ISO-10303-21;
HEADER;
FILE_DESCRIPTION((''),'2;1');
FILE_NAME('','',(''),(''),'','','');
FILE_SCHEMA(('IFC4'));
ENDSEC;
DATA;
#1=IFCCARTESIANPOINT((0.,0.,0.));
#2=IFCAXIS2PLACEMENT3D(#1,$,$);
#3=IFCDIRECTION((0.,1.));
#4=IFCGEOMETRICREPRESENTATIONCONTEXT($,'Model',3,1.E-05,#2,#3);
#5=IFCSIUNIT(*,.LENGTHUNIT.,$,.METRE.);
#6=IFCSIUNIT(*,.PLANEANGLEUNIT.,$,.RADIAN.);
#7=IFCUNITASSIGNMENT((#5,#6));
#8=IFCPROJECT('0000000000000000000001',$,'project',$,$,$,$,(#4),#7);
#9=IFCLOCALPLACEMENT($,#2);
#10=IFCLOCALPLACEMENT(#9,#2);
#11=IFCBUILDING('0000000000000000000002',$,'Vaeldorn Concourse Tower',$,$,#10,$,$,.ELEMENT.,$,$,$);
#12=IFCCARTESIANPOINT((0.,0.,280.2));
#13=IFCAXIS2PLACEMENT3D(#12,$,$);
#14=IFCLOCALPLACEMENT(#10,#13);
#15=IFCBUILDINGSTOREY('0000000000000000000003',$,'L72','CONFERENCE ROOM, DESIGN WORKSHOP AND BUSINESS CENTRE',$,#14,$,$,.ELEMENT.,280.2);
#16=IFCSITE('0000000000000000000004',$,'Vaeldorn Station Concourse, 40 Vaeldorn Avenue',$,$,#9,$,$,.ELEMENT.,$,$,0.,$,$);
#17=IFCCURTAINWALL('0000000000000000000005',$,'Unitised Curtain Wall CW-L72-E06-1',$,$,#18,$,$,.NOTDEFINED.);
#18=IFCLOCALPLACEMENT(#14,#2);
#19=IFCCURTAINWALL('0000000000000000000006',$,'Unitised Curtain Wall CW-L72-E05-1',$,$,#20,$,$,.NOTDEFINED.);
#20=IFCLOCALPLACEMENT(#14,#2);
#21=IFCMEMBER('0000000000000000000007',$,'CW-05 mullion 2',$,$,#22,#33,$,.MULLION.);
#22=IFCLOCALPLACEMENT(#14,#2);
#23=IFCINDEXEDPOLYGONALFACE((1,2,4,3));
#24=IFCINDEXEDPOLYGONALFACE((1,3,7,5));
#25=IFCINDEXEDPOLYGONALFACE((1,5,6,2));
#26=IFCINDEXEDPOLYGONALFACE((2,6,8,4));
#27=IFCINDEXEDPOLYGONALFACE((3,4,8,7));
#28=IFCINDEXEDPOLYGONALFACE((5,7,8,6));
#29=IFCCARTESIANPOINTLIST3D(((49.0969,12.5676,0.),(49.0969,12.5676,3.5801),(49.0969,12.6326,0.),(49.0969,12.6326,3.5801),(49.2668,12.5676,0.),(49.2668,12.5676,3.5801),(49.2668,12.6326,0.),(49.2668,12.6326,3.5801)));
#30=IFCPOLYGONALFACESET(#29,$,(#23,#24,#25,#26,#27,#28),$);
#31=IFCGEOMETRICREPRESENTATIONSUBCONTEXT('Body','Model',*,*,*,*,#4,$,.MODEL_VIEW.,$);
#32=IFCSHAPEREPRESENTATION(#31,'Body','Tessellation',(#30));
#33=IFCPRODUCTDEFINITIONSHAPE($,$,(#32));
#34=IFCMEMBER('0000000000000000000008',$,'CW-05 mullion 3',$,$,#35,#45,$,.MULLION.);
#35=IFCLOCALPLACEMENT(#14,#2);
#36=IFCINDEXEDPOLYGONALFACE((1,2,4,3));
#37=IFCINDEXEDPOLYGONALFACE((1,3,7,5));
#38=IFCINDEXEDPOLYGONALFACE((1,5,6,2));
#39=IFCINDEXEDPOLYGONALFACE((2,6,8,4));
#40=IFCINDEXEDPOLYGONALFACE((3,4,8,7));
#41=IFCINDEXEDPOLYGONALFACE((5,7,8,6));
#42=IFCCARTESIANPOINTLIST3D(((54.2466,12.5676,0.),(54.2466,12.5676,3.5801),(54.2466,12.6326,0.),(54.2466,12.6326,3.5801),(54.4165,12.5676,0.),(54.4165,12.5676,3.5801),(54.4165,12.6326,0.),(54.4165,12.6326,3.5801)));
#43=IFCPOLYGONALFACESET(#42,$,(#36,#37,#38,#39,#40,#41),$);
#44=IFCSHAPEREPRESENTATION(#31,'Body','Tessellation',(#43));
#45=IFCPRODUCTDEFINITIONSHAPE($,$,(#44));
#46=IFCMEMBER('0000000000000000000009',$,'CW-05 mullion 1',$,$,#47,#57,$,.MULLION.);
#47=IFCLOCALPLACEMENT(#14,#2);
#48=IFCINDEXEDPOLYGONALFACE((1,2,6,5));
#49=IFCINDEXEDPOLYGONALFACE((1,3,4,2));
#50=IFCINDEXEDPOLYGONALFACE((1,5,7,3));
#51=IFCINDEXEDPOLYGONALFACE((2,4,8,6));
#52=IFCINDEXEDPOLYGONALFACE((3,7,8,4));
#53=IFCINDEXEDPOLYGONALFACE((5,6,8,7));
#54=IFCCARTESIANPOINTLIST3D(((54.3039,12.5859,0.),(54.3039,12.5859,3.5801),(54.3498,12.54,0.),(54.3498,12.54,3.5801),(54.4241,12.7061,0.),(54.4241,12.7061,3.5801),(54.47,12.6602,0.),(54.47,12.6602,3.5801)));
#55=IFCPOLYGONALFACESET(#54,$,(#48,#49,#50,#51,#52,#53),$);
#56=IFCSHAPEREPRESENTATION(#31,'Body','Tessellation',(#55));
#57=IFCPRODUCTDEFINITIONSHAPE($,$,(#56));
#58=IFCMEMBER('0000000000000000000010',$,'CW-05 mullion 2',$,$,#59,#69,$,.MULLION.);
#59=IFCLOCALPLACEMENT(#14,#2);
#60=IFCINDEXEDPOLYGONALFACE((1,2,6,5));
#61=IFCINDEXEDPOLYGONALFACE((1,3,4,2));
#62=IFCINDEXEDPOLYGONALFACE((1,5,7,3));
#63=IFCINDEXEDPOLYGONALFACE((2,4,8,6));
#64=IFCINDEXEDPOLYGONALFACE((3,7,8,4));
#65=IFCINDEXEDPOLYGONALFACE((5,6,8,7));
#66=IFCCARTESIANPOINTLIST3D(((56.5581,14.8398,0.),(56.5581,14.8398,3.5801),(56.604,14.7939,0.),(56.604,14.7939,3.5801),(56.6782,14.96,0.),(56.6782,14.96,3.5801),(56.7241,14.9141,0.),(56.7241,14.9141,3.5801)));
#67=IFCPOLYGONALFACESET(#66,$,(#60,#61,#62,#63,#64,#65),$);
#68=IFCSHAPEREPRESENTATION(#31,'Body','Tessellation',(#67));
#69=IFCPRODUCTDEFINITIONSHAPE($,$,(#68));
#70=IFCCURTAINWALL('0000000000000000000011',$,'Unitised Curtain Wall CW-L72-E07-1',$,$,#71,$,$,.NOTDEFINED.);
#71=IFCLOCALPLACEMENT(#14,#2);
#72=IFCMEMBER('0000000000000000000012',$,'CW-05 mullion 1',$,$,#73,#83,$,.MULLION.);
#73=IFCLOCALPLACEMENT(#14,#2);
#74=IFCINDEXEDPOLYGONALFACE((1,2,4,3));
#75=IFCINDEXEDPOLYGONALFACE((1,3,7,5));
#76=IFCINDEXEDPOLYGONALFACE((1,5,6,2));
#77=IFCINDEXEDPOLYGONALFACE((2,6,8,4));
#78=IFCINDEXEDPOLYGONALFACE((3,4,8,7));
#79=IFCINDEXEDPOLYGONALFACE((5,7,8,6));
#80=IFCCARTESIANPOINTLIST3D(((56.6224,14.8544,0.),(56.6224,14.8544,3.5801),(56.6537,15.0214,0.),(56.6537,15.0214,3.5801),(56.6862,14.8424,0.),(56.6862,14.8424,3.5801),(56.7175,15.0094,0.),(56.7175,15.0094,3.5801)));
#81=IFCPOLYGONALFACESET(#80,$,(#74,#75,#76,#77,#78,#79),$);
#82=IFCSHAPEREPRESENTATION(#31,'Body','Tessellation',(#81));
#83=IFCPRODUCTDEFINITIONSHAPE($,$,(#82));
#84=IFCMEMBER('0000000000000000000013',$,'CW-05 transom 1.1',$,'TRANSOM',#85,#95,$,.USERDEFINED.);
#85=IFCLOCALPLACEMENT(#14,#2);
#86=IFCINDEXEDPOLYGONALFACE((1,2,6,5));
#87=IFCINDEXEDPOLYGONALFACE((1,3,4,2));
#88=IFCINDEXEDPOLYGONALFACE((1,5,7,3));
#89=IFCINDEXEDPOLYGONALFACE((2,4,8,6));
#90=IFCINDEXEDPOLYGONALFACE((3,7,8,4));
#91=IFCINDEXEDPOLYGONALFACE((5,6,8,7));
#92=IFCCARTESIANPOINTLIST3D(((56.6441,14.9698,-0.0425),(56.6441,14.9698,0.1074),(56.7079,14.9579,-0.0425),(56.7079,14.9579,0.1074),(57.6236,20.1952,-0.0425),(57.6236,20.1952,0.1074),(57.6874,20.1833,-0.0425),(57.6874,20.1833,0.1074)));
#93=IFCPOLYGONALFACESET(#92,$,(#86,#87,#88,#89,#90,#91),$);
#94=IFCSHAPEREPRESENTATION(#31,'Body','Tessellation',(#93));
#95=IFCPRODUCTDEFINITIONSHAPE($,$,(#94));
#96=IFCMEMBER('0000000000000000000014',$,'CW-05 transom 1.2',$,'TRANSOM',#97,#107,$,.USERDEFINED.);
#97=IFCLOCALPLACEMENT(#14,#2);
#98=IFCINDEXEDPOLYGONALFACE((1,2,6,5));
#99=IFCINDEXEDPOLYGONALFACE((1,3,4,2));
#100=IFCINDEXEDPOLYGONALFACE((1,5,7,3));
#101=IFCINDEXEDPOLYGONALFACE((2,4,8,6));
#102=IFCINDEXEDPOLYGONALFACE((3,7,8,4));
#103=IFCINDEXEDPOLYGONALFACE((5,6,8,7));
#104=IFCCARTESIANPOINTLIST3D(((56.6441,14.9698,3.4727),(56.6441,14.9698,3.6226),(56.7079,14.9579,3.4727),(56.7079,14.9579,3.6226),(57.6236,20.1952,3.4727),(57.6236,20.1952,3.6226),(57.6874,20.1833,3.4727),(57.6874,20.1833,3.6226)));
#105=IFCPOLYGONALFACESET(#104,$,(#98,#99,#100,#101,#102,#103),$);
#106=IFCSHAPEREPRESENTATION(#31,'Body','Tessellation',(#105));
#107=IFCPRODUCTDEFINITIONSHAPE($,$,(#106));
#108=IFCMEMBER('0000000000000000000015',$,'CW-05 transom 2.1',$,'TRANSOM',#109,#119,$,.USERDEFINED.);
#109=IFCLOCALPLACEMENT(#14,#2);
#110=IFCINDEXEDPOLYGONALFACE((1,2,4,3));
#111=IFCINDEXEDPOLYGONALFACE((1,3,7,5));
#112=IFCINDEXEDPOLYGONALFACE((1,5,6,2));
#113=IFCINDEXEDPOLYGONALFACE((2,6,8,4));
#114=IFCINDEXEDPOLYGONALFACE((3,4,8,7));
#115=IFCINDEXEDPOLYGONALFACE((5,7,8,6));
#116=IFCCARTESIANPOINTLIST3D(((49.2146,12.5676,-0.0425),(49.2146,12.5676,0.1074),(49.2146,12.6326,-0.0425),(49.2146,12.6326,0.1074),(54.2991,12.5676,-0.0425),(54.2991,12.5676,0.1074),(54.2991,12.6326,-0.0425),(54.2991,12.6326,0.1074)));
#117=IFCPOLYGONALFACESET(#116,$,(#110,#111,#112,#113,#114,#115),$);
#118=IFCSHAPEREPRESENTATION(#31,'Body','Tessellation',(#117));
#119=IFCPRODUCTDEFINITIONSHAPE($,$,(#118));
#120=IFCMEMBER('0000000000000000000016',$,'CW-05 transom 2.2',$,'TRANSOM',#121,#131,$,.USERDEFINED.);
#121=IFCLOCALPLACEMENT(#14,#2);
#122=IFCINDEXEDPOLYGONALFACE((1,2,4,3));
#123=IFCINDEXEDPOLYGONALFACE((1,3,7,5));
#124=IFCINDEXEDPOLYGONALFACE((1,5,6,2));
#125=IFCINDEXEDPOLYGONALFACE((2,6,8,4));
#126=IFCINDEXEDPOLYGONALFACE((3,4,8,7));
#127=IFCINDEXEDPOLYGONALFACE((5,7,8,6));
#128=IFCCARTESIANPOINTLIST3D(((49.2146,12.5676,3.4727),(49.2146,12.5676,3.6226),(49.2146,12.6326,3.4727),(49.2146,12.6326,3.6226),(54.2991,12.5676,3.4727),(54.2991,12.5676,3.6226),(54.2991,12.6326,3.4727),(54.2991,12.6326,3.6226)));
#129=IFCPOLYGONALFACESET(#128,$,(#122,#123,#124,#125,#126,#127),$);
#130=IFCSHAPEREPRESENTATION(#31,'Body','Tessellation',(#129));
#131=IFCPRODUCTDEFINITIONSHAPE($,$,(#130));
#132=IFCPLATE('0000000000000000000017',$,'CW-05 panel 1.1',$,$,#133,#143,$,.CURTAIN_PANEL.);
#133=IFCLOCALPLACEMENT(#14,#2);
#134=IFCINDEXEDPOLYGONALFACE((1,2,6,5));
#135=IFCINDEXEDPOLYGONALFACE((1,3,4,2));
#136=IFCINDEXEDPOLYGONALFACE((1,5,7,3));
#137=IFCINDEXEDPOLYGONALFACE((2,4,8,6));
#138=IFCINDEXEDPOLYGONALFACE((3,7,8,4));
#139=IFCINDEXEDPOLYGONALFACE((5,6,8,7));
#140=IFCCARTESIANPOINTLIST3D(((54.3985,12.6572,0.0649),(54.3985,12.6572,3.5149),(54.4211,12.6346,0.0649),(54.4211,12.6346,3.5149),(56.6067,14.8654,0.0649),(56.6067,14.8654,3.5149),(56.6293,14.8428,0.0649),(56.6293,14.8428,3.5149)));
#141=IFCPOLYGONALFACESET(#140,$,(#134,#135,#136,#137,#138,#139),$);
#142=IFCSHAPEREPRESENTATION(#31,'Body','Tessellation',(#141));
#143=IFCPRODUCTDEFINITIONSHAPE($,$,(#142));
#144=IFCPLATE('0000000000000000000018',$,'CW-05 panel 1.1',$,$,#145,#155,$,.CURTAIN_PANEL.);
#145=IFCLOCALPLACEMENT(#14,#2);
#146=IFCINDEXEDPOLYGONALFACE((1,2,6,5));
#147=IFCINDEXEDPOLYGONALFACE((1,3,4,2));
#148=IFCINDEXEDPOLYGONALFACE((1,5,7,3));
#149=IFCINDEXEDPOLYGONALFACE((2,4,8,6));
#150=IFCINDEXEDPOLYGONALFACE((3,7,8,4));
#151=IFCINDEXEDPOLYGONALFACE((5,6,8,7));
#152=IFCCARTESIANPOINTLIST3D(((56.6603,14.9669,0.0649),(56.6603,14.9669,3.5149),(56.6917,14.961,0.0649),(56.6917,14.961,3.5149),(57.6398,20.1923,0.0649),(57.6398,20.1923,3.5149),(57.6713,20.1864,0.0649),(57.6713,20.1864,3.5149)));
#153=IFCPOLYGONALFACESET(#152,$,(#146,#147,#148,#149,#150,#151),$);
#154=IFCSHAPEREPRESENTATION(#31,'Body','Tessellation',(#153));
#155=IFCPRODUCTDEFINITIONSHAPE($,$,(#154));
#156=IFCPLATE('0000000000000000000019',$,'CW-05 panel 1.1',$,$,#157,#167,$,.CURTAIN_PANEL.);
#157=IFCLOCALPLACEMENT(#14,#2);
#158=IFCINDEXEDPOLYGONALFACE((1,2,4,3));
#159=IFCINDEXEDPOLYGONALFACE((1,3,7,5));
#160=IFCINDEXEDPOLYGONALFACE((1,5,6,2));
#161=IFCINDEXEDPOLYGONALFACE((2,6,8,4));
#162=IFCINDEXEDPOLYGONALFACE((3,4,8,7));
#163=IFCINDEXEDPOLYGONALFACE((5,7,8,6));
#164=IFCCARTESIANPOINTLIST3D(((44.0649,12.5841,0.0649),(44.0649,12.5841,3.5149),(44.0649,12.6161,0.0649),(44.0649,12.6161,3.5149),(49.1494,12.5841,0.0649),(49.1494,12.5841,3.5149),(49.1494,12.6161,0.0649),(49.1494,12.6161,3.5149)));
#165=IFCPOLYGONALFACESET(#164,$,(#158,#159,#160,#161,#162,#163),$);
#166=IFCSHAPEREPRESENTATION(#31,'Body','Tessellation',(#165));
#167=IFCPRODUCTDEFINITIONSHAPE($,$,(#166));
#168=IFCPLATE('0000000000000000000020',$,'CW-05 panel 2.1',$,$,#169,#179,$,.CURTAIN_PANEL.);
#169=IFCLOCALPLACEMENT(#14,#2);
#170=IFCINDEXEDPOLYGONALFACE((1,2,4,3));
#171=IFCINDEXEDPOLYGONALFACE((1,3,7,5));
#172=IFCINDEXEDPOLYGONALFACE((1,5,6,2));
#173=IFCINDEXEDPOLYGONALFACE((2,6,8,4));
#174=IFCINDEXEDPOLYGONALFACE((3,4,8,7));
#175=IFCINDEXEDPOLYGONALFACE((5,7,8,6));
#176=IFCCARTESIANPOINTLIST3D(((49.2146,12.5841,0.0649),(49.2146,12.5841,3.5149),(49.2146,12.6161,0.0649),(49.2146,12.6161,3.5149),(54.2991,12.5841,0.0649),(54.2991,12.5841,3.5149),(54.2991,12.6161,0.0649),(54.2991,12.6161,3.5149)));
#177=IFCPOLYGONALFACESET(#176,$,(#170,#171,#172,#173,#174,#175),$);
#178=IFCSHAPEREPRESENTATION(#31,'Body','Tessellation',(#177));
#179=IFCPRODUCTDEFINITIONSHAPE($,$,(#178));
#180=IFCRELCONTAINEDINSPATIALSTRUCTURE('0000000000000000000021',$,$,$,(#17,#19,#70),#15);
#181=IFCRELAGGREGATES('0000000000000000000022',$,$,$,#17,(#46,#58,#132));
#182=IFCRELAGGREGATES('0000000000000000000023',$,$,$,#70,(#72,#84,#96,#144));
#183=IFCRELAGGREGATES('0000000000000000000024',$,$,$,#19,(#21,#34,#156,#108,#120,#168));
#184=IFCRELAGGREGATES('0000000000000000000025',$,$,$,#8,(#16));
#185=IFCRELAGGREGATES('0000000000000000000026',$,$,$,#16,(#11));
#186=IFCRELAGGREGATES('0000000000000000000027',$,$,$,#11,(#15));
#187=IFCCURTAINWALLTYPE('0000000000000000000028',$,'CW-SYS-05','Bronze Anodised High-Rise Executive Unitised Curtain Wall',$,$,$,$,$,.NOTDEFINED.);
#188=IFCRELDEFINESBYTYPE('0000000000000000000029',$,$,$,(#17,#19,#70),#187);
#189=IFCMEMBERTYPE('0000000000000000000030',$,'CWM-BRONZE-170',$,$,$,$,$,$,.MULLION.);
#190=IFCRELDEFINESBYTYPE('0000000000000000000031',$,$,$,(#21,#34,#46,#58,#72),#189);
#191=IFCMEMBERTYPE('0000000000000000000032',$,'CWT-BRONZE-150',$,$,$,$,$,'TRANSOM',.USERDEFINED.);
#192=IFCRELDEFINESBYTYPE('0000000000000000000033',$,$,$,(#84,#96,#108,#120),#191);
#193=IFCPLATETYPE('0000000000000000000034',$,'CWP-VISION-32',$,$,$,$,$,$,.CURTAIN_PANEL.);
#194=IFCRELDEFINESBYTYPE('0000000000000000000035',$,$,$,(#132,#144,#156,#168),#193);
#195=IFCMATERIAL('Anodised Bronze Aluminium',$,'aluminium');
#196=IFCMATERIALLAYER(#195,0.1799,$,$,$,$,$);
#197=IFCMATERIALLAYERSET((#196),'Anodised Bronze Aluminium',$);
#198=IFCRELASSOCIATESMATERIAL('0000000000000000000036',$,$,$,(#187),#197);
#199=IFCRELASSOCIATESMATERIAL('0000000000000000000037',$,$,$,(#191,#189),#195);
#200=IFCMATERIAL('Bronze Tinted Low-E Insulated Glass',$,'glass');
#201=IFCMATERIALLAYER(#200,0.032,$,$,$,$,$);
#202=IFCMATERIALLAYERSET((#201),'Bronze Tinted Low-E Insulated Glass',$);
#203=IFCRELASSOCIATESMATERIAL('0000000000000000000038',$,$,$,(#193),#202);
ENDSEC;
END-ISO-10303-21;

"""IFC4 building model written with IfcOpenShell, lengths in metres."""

from ifc_helpers import new_model, si_unit, direction, frame, origin, origin_2d, place, context, subcontext, project, spatial, rectangle, extrude, source, transform, mapped, material, layer, layer_set, material_profile, profile_set, type_object, element, aggregate, save


model = new_model("IFC4")

# Units and contexts
model_context = context("Model", 3, precision=1e-05, world=origin(), true_north=direction((0.0, 1.0)))
body_context = subcontext(model_context, "Body", "Model", "MODEL_VIEW")
ifc_project = project(units=[si_unit("LENGTHUNIT", "METRE"), si_unit("PLANEANGLEUNIT", "RADIAN")], contexts=[model_context])

# Site, building, storey
site_placement = place(None, origin())
site = spatial("IfcSite", under=ifc_project, at=site_placement, Name="Vaeldorn Station Concourse, 40 Vaeldorn Avenue", CompositionType="ELEMENT", RefElevation=0.0)
building_placement = place(site_placement, origin())
building = spatial("IfcBuilding", under=site, at=building_placement, Name="Vaeldorn Concourse Tower", CompositionType="ELEMENT")
storey_placement = place(building_placement, frame((0.0, 0.0, 280.2)))
storey = spatial("IfcBuildingStorey", under=building, at=storey_placement, Name="L72", Description="CONFERENCE ROOM, DESIGN WORKSHOP AND BUSINESS CENTRE", CompositionType="ELEMENT", Elevation=280.2)

# Curtain walls, members
ifc_material_1 = material(Name="Anodised Bronze Aluminium", Category="aluminium")
ifc_layer_1 = layer(ifc_material_1, 0.1799)
ifc_layer_set_1 = layer_set([ifc_layer_1], Name="Anodised Bronze Aluminium")
curtain_wall_type = type_object("IfcCurtainWallType", Name="CW-SYS-05", Description="Bronze Anodised High-Rise Executive Unitised Curtain Wall", PredefinedType="NOTDEFINED", material=ifc_layer_set_1)
curtain_wall_1_placement = place(storey_placement, origin())
curtain_wall_1 = element("IfcCurtainWall", 1, at=curtain_wall_1_placement, inside=storey, type_object=curtain_wall_type, Name="Unitised Curtain Wall CW-L72-E06-1", PredefinedType="NOTDEFINED")
ifc_material_profile_1 = material_profile(ifc_material_1, rectangle(XDim=0.0649, YDim=0.1499, at=origin_2d()), Name="CWT 65x150")
ifc_profile_set_1 = profile_set([ifc_material_profile_1], Name="Anodised Bronze Aluminium")
member_type_1 = type_object("IfcMemberType", Name="CWT-BRONZE-150", ElementType="TRANSOM", PredefinedType="USERDEFINED", material=ifc_profile_set_1)
curtain_wall_2_placement = place(storey_placement, origin())
curtain_wall_2 = element("IfcCurtainWall", 2, at=curtain_wall_2_placement, inside=storey, type_object=curtain_wall_type, Name="Unitised Curtain Wall CW-L72-E05-1", PredefinedType="NOTDEFINED")
ifc_material_profile_2 = material_profile(ifc_material_1, rectangle(XDim=0.0649, YDim=0.1699, at=origin_2d()), Name="CWM 65x170")
ifc_profile_set_2 = profile_set([ifc_material_profile_2], Name="Anodised Bronze Aluminium")
member_type_2 = type_object("IfcMemberType", Name="CWM-BRONZE-170", PredefinedType="MULLION", material=ifc_profile_set_2)
shared_shape_1 = source(origin(), body_context, "Body", "SweptSolid", [
    extrude(rectangle(XDim=0.0649, YDim=0.1699, at=origin_2d()), origin(), (0.0, 0.0, 1.0), 3.5801),
])
member_1_placement = place(storey_placement, frame((49.1819, 12.6001, 0.0), z_axis=(0.0, 0.0, 1.0), x_axis=(0.0, 1.0, 0.0)))
member_1 = element("IfcMember", 3, at=member_1_placement, type_object=member_type_2, Name="CW-05 mullion 2", PredefinedType="MULLION", context=body_context, shape_type="MappedRepresentation", body=[
    mapped(shared_shape_1, transform((0.0, 0.0, 0.0), scale=1.0)),
])
member_2_placement = place(storey_placement, frame((54.3315, 12.6001, 0.0), z_axis=(0.0, 0.0, 1.0), x_axis=(0.0, 1.0, 0.0)))
member_2 = element("IfcMember", 4, at=member_2_placement, type_object=member_type_2, Name="CW-05 mullion 3", PredefinedType="MULLION", context=body_context, shape_type="MappedRepresentation", body=[
    mapped(shared_shape_1, transform((0.0, 0.0, 0.0), scale=1.0)),
])

# Members
member_3_placement = place(storey_placement, frame((54.387, 12.623, 0.0), z_axis=(0.0, 0.0, 1.0), x_axis=(-0.707107, 0.707107, 0.0)))
member_3 = element("IfcMember", 5, at=member_3_placement, type_object=member_type_2, Name="CW-05 mullion 1", PredefinedType="MULLION", context=body_context, shape_type="MappedRepresentation", body=[
    mapped(shared_shape_1, transform((0.0, 0.0, 0.0), scale=1.0)),
])
member_4_placement = place(storey_placement, frame((56.6411, 14.877, 0.0), z_axis=(0.0, 0.0, 1.0), x_axis=(-0.707107, 0.707107, 0.0)))
member_4 = element("IfcMember", 6, at=member_4_placement, type_object=member_type_2, Name="CW-05 mullion 2", PredefinedType="MULLION", context=body_context, shape_type="MappedRepresentation", body=[
    mapped(shared_shape_1, transform((0.0, 0.0, 0.0), scale=1.0)),
])

# Curtain wall, members
curtain_wall_3_placement = place(storey_placement, origin())
curtain_wall_3 = element("IfcCurtainWall", 7, at=curtain_wall_3_placement, inside=storey, type_object=curtain_wall_type, Name="Unitised Curtain Wall CW-L72-E07-1", PredefinedType="NOTDEFINED")
member_5_placement = place(storey_placement, frame((56.6699, 14.9319, 0.0), z_axis=(0.0, 0.0, 1.0), x_axis=(-0.98288, 0.184247, 0.0)))
member_5 = element("IfcMember", 8, at=member_5_placement, type_object=member_type_2, Name="CW-05 mullion 1", PredefinedType="MULLION", context=body_context, shape_type="MappedRepresentation", body=[
    mapped(shared_shape_1, transform((0.0, 0.0, 0.0), scale=1.0)),
])
shared_shape_2 = source(origin(), body_context, "Body", "SweptSolid", [
    extrude(rectangle(XDim=0.0649, YDim=0.1499, at=origin_2d()), origin(), (0.0, 0.0, 1.0), 5.3164),
])
member_6_placement = place(storey_placement, frame((56.676, 14.9639, 0.0325), z_axis=(0.184241, 0.982881, 0.0), x_axis=(-0.982881, 0.184241, 0.0)))
member_6 = element("IfcMember", 9, at=member_6_placement, type_object=member_type_1, Name="CW-05 transom 1.1", ObjectType="TRANSOM", PredefinedType="USERDEFINED", context=body_context, shape_type="MappedRepresentation", body=[
    mapped(shared_shape_2, transform((0.0, 0.0, 0.0), scale=1.0)),
])
member_7_placement = place(storey_placement, frame((56.676, 14.9639, 3.5476), z_axis=(0.184241, 0.982881, 0.0), x_axis=(-0.982881, 0.184241, 0.0)))
member_7 = element("IfcMember", 10, at=member_7_placement, type_object=member_type_1, Name="CW-05 transom 1.2", ObjectType="TRANSOM", PredefinedType="USERDEFINED", context=body_context, shape_type="MappedRepresentation", body=[
    mapped(shared_shape_2, transform((0.0, 0.0, 0.0), scale=1.0)),
])

# Members
shared_shape_3 = source(origin(), body_context, "Body", "SweptSolid", [
    extrude(rectangle(XDim=0.0649, YDim=0.1499, at=origin_2d()), origin(), (0.0, 0.0, 1.0), 5.0845),
])
member_8_placement = place(storey_placement, frame((49.2146, 12.6001, 0.0325), z_axis=(1.0, 0.0, 0.0), x_axis=(0.0, 1.0, 0.0)))
member_8 = element("IfcMember", 11, at=member_8_placement, type_object=member_type_1, Name="CW-05 transom 2.1", ObjectType="TRANSOM", PredefinedType="USERDEFINED", context=body_context, shape_type="MappedRepresentation", body=[
    mapped(shared_shape_3, transform((0.0, 0.0, 0.0), scale=1.0)),
])
member_9_placement = place(storey_placement, frame((49.2146, 12.6001, 3.5476), z_axis=(1.0, 0.0, 0.0), x_axis=(0.0, 1.0, 0.0)))
member_9 = element("IfcMember", 12, at=member_9_placement, type_object=member_type_1, Name="CW-05 transom 2.2", ObjectType="TRANSOM", PredefinedType="USERDEFINED", context=body_context, shape_type="MappedRepresentation", body=[
    mapped(shared_shape_3, transform((0.0, 0.0, 0.0), scale=1.0)),
])

# Plates
ifc_material_2 = material(Name="Bronze Tinted Low-E Insulated Glass", Category="glass")
ifc_layer_2 = layer(ifc_material_2, 0.032)
ifc_layer_set_2 = layer_set([ifc_layer_2], Name="Bronze Tinted Low-E Insulated Glass")
plate_type = type_object("IfcPlateType", Name="CWP-VISION-32", PredefinedType="CURTAIN_PANEL", material=ifc_layer_set_2)
shared_shape_4 = source(origin(), body_context, "Body", "SweptSolid", [
    extrude(rectangle(XDim=3.1228, YDim=0.032, at=origin_2d()), origin(), (0.0, 0.0, 1.0), 3.45),
])
plate_1_placement = place(storey_placement, frame((55.5139, 13.75, 0.0649), z_axis=(0.0, 0.0, 1.0), x_axis=(0.707107, 0.707107, 0.0)))
plate_1 = element("IfcPlate", 13, at=plate_1_placement, type_object=plate_type, Name="CW-05 panel 1.1", PredefinedType="CURTAIN_PANEL", context=body_context, shape_type="MappedRepresentation", body=[
    mapped(shared_shape_4, transform((0.0, 0.0, 0.0), scale=1.0)),
])
aggregate(curtain_wall_1, [member_3, member_4, plate_1])
shared_shape_5 = source(origin(), body_context, "Body", "SweptSolid", [
    extrude(rectangle(XDim=5.3164, YDim=0.032, at=origin_2d()), origin(), (0.0, 0.0, 1.0), 3.45),
])
plate_2_placement = place(storey_placement, frame((57.1658, 17.5767, 0.0649), z_axis=(0.0, 0.0, 1.0), x_axis=(0.184247, 0.98288, 0.0)))
plate_2 = element("IfcPlate", 14, at=plate_2_placement, type_object=plate_type, Name="CW-05 panel 1.1", PredefinedType="CURTAIN_PANEL", context=body_context, shape_type="MappedRepresentation", body=[
    mapped(shared_shape_5, transform((0.0, 0.0, 0.0), scale=1.0)),
])
aggregate(curtain_wall_3, [member_5, member_6, member_7, plate_2])
shared_shape_6 = source(origin(), body_context, "Body", "SweptSolid", [
    extrude(rectangle(XDim=5.0845, YDim=0.032, at=origin_2d()), origin(), (0.0, 0.0, 1.0), 3.45),
])
plate_3_placement = place(storey_placement, frame((46.6072, 12.6001, 0.0649), z_axis=(0.0, 0.0, 1.0), x_axis=(1.0, 0.0, 0.0)))
plate_3 = element("IfcPlate", 15, at=plate_3_placement, type_object=plate_type, Name="CW-05 panel 1.1", PredefinedType="CURTAIN_PANEL", context=body_context, shape_type="MappedRepresentation", body=[
    mapped(shared_shape_6, transform((0.0, 0.0, 0.0), scale=1.0)),
])
plate_4_placement = place(storey_placement, frame((51.7568, 12.6001, 0.0649), z_axis=(0.0, 0.0, 1.0), x_axis=(1.0, 0.0, 0.0)))
plate_4 = element("IfcPlate", 16, at=plate_4_placement, type_object=plate_type, Name="CW-05 panel 2.1", PredefinedType="CURTAIN_PANEL", context=body_context, shape_type="MappedRepresentation", body=[
    mapped(shared_shape_6, transform((0.0, 0.0, 0.0), scale=1.0)),
])
aggregate(curtain_wall_2, [member_1, member_2, plate_3, member_8, member_9, plate_4])

save(model, "model.ifc")
